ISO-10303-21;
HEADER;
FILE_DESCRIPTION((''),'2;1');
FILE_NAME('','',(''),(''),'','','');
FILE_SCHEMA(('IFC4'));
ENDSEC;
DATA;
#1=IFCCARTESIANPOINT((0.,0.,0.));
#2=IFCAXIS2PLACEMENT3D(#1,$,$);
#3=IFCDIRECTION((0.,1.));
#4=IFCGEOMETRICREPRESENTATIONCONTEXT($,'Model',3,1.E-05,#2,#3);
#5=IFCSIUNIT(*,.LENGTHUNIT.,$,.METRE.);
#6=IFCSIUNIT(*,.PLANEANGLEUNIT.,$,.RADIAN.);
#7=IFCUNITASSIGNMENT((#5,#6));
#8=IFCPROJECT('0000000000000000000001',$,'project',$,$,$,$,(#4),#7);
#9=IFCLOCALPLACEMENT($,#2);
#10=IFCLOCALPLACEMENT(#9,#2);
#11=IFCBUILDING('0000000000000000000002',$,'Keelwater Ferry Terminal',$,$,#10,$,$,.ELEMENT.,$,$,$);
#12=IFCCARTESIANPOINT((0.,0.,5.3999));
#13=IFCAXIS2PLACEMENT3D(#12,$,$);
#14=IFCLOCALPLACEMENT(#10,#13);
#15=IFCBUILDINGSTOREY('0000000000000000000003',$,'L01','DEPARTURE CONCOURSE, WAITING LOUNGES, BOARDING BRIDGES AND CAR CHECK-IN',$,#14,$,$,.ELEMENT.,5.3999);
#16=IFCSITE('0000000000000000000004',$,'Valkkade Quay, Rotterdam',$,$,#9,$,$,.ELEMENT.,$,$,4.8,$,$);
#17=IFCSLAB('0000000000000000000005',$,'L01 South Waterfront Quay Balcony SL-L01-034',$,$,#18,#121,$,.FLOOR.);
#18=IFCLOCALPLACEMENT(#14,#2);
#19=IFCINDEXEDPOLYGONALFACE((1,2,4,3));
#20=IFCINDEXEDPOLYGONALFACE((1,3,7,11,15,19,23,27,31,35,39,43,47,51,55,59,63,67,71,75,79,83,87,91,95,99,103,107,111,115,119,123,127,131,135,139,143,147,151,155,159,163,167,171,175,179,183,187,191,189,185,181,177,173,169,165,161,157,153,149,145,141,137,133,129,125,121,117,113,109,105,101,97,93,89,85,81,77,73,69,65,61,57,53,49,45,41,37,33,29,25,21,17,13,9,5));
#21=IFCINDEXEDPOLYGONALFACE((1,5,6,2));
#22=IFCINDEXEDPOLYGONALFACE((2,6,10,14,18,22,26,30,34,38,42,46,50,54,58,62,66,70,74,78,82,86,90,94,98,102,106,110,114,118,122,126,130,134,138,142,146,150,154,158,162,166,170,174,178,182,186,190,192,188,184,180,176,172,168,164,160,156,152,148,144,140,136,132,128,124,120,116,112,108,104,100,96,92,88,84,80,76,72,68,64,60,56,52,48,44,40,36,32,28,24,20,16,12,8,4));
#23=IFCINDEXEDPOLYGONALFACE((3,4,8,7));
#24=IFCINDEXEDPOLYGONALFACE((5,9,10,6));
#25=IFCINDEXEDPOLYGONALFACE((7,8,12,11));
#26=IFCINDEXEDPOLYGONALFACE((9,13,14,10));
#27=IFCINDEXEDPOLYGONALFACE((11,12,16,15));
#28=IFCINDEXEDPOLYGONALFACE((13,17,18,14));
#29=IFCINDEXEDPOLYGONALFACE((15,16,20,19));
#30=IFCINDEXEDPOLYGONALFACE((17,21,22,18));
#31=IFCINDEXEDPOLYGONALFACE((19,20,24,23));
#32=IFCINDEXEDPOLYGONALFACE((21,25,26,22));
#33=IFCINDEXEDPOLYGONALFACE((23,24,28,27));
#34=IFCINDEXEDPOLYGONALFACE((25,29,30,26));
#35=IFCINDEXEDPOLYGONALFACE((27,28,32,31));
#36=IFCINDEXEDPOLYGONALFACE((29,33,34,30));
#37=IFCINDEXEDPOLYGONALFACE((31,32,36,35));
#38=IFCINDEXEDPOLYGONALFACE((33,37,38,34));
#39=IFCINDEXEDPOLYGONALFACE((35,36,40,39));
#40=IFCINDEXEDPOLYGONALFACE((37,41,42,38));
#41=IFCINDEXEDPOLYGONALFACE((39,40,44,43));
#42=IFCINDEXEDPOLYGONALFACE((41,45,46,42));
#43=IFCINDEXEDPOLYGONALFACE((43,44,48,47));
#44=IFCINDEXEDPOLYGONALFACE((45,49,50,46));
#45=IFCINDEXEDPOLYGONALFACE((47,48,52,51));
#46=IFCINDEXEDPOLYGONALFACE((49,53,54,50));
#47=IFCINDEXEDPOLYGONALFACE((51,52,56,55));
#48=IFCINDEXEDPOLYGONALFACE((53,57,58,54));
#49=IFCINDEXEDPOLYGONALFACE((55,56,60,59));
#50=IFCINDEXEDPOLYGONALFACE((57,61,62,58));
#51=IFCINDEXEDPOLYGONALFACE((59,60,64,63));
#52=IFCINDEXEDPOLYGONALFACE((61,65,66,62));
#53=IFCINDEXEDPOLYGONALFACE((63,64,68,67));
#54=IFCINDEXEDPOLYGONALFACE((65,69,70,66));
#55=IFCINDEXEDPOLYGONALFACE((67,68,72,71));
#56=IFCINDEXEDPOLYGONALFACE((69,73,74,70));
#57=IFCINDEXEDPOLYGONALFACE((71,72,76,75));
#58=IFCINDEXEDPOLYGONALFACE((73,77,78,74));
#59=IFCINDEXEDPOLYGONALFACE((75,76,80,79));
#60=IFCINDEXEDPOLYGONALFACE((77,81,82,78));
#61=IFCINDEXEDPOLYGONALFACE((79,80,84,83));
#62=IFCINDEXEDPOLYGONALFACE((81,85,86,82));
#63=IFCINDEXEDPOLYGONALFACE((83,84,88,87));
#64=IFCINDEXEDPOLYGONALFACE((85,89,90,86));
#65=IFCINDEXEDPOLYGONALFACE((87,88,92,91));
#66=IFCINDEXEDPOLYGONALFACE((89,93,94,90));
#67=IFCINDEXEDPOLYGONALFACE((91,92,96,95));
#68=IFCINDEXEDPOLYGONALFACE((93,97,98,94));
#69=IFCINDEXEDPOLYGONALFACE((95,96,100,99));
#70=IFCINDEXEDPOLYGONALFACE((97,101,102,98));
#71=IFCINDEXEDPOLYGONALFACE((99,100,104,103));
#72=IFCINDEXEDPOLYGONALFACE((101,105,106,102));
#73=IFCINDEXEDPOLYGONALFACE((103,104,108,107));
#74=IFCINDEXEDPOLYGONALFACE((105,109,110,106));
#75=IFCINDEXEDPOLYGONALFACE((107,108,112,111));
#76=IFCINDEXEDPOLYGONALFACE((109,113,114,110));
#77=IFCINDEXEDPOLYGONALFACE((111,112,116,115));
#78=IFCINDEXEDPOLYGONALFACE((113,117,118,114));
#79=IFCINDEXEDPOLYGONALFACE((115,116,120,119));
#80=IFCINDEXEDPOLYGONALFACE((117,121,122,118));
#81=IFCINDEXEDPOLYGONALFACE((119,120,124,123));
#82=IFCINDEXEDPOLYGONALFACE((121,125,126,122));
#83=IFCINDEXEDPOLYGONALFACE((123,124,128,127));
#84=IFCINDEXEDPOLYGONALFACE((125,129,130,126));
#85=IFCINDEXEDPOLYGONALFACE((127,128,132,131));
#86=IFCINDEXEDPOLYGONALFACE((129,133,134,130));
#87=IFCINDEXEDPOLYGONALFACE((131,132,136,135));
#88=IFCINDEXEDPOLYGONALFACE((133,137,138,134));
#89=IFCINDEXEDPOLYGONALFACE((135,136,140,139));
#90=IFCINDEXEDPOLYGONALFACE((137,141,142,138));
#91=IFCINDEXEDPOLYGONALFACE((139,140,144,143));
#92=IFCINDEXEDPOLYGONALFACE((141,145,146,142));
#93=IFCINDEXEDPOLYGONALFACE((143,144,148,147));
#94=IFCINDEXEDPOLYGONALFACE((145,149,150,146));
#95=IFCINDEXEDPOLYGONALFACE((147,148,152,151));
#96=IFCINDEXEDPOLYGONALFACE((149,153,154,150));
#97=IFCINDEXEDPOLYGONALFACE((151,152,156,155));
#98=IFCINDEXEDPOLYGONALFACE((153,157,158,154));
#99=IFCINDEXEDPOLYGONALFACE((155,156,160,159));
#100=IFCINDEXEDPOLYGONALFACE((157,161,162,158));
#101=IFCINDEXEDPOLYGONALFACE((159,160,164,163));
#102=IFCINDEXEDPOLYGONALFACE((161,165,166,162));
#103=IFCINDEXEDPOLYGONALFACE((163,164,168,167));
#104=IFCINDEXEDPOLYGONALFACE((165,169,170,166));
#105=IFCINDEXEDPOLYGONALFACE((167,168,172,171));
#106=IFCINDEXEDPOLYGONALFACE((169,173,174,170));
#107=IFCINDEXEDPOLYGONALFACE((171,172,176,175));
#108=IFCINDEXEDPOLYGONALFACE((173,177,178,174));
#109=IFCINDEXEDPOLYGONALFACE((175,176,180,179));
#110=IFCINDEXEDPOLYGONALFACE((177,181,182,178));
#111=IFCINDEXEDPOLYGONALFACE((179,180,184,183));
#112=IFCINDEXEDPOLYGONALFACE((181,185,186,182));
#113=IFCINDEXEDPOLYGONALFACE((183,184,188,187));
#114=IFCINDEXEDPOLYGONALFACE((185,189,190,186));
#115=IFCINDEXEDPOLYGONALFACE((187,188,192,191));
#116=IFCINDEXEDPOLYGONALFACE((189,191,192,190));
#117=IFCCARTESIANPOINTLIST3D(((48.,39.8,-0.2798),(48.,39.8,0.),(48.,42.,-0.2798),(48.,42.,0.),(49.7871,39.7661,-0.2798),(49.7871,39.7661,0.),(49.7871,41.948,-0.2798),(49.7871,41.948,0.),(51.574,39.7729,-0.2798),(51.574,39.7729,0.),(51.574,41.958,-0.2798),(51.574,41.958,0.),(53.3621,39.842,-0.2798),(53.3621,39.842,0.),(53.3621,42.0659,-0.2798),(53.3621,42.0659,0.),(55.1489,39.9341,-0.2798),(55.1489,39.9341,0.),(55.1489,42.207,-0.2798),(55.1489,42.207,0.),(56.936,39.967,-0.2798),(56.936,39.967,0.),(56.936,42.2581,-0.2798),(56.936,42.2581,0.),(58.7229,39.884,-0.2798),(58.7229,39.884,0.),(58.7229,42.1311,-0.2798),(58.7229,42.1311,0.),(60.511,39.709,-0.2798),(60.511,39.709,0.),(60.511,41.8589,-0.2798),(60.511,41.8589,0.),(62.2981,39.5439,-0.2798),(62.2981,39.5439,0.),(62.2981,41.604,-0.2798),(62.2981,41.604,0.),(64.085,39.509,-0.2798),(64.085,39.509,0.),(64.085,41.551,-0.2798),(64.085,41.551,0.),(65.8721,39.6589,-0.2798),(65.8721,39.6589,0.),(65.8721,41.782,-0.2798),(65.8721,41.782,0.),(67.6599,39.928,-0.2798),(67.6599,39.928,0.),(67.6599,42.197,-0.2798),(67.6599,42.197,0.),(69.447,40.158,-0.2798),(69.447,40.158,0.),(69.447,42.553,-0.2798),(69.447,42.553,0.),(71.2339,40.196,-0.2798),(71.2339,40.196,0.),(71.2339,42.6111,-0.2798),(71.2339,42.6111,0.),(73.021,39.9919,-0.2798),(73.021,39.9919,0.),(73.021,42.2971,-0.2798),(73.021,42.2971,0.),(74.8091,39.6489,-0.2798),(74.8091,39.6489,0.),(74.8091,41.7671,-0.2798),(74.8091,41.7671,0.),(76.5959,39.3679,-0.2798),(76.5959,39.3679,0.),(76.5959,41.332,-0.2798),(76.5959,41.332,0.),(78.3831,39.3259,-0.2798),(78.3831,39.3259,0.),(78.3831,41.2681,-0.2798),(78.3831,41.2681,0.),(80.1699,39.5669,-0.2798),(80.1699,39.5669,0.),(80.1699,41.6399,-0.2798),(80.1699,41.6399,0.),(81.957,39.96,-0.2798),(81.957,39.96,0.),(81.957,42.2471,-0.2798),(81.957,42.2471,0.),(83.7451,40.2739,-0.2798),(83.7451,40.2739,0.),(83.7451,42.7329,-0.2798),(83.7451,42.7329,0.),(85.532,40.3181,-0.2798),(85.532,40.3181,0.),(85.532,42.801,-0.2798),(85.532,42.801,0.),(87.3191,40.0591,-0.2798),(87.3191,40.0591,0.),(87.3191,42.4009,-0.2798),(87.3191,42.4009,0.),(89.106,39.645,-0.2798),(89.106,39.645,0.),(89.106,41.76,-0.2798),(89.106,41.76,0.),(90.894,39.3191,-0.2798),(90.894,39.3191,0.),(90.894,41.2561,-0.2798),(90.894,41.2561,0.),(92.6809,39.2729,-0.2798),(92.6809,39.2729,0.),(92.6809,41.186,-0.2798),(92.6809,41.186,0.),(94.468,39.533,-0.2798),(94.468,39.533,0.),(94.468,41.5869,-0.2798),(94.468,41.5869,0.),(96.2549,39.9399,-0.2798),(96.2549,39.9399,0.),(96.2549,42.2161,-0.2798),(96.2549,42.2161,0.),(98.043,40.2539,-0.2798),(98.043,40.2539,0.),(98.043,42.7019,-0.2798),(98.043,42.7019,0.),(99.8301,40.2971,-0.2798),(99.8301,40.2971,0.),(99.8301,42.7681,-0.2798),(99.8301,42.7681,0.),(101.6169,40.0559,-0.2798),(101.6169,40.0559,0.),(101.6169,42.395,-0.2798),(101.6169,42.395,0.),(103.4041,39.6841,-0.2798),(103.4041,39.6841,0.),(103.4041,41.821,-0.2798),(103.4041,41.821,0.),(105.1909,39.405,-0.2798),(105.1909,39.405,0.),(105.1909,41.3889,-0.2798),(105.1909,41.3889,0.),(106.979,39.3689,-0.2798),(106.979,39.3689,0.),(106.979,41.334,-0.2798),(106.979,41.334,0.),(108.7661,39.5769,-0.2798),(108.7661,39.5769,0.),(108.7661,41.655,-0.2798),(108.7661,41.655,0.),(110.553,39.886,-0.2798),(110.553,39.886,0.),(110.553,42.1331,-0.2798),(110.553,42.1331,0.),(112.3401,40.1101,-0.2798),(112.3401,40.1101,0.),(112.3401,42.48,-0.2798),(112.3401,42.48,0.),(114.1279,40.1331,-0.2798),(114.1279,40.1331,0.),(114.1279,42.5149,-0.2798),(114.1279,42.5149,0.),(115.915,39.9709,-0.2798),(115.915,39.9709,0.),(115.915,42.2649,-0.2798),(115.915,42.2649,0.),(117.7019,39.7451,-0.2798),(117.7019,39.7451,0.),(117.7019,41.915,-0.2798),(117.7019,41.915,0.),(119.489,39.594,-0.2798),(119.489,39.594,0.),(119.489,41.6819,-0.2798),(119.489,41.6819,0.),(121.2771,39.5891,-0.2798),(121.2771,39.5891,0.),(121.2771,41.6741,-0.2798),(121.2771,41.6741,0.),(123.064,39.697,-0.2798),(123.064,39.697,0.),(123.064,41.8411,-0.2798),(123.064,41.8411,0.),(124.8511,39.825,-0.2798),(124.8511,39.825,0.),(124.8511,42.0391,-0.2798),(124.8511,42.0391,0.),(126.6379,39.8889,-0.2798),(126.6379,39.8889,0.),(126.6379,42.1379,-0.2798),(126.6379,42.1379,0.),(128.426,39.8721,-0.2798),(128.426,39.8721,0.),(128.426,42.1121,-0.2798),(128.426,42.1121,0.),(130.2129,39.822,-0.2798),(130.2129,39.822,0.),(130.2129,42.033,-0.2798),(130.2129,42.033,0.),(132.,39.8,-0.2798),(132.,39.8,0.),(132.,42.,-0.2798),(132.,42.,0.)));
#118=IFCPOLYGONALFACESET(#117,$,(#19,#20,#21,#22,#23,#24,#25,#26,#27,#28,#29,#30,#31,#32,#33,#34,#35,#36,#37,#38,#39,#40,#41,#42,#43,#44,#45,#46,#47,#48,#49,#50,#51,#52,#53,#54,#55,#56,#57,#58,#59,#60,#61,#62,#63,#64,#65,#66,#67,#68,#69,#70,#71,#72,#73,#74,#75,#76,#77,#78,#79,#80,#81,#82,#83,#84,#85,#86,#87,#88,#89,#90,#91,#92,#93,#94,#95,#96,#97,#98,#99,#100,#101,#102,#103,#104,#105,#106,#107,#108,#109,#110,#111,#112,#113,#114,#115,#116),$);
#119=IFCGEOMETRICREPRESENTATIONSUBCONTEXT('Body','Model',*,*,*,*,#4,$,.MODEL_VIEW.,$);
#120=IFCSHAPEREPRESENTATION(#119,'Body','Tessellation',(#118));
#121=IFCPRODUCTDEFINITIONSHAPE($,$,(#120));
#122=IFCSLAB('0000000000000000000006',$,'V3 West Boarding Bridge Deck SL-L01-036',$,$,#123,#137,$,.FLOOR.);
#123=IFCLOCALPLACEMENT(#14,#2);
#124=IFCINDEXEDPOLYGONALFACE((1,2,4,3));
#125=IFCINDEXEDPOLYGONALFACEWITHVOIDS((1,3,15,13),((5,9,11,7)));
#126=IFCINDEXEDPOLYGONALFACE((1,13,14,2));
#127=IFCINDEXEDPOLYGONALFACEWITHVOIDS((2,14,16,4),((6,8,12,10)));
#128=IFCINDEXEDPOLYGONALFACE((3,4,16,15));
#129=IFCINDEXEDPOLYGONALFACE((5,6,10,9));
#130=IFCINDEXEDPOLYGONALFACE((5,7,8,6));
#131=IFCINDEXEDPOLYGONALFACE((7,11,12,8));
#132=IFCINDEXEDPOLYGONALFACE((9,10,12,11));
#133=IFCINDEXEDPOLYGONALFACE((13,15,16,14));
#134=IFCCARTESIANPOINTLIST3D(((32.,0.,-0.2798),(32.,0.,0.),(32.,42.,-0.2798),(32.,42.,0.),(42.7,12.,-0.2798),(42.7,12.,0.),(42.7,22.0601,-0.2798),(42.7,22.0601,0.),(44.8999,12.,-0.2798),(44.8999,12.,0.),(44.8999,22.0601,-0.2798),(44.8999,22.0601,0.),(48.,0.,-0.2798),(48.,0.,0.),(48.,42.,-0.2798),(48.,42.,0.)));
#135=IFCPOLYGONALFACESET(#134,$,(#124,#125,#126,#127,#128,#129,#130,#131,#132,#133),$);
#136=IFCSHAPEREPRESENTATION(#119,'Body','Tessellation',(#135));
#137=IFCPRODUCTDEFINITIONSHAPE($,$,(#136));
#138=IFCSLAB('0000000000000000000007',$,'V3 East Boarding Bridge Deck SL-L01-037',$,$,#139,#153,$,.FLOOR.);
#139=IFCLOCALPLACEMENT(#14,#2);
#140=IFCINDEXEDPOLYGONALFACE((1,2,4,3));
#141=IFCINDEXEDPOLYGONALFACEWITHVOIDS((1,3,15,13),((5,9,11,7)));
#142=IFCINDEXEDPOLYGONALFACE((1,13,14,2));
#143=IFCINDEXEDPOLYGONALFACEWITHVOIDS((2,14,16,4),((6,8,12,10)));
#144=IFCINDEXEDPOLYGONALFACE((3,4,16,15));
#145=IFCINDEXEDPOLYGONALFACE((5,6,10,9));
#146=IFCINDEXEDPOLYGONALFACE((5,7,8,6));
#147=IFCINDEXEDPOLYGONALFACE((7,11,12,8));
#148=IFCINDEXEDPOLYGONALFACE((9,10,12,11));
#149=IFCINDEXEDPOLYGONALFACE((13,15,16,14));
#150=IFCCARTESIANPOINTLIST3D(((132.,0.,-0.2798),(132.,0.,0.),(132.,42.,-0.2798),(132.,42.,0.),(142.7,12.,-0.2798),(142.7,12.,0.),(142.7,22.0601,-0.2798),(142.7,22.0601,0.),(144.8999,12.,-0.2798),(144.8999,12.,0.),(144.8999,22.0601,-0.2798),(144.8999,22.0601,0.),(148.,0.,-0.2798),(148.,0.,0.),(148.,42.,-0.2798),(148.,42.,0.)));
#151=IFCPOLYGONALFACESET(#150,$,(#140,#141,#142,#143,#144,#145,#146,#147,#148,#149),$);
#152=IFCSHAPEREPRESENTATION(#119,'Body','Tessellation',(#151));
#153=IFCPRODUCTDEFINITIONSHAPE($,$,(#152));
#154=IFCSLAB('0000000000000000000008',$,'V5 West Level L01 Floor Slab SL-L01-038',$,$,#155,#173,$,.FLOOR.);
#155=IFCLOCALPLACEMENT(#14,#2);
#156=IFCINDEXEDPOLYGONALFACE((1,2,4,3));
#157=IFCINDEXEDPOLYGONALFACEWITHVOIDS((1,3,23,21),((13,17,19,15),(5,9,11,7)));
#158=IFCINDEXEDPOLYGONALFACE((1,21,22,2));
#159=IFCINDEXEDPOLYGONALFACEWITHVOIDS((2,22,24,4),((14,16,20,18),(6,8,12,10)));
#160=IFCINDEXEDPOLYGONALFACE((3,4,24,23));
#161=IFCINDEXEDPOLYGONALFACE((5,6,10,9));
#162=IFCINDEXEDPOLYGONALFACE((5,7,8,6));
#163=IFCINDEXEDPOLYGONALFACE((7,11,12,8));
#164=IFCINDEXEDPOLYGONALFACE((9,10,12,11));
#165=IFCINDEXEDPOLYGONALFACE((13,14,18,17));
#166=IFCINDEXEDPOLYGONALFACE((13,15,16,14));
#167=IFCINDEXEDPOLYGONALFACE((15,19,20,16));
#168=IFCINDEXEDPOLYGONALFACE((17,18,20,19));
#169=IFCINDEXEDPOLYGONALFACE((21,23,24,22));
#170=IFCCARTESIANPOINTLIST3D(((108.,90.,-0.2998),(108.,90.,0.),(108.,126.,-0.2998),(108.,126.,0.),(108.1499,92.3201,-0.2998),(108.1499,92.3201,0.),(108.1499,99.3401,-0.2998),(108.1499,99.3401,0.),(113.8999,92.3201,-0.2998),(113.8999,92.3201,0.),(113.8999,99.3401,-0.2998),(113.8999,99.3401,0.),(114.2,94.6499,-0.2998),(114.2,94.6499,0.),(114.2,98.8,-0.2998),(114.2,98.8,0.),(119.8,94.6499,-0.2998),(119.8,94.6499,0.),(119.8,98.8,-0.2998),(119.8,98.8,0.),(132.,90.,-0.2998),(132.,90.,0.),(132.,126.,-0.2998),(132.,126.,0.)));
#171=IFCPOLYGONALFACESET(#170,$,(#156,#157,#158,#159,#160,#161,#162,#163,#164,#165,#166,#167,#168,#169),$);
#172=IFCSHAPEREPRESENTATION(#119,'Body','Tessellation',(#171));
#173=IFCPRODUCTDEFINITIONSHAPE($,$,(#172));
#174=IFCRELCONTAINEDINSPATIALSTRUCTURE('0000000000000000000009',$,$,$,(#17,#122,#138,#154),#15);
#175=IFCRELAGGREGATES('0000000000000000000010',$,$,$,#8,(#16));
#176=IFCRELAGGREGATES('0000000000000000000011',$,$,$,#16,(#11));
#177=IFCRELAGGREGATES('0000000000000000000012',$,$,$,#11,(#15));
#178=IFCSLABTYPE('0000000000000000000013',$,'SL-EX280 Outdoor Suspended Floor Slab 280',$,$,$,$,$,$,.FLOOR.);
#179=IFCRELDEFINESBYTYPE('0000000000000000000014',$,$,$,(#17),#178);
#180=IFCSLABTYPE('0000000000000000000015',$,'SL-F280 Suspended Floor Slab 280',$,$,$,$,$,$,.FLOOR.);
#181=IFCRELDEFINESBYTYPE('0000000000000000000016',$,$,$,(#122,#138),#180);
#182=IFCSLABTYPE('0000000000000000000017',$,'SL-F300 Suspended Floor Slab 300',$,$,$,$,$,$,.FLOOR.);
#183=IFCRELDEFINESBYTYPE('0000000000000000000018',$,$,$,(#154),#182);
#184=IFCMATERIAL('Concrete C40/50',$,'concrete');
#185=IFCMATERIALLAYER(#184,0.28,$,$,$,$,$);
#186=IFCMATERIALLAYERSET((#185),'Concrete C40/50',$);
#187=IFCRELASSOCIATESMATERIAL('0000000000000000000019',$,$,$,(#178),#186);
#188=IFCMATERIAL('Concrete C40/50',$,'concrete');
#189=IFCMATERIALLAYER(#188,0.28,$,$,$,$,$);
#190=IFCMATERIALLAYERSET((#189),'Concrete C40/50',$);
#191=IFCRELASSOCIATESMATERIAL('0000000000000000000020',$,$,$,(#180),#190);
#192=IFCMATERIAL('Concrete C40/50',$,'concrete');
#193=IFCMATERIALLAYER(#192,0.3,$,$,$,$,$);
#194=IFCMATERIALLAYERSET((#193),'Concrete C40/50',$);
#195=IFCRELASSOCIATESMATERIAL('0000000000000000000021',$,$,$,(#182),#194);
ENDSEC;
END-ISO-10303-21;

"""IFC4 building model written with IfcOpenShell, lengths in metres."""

from ifc_helpers import new_model, si_unit, direction, frame, origin, place, context, subcontext, project, spatial, polyline, outline, extrude, material, layer, layer_set, type_object, element, save


model = new_model("IFC4")

# Units and contexts
model_context = context("Model", 3, precision=1e-05, world=origin(), true_north=direction((0.0, 1.0)))
body_context = subcontext(model_context, "Body", "Model", "MODEL_VIEW")
ifc_project = project(units=[si_unit("LENGTHUNIT", "METRE"), si_unit("PLANEANGLEUNIT", "RADIAN")], contexts=[model_context])

# Site, building, storey
site_placement = place(None, origin())
site = spatial("IfcSite", under=ifc_project, at=site_placement, Name="Valkkade Quay, Rotterdam", CompositionType="ELEMENT", RefElevation=4.8)
building_placement = place(site_placement, origin())
building = spatial("IfcBuilding", under=site, at=building_placement, Name="Keelwater Ferry Terminal", CompositionType="ELEMENT")
storey_placement = place(building_placement, frame((0.0, 0.0, 5.3999)))
storey = spatial("IfcBuildingStorey", under=building, at=storey_placement, Name="L01", Description="DEPARTURE CONCOURSE, WAITING LOUNGES, BOARDING BRIDGES AND CAR CHECK-IN", CompositionType="ELEMENT", Elevation=5.3999)

# Slabs
ifc_material_1 = material(Name="Concrete C40/50", Category="concrete")
ifc_layer_1 = layer(ifc_material_1, 0.28)
ifc_layer_set_1 = layer_set([ifc_layer_1], Name="Concrete C40/50")
slab_type_1 = type_object("IfcSlabType", Name="SL-EX280 Outdoor Suspended Floor Slab 280", PredefinedType="FLOOR", material=ifc_layer_set_1)
slab_1_placement = place(storey_placement, frame((0.0, 0.0, -0.2798)))
element("IfcSlab", 1, at=slab_1_placement, inside=storey, type_object=slab_type_1, Name="L01 South Waterfront Quay Balcony SL-L01-034", PredefinedType="FLOOR", context=body_context, shape_type="SweptSolid", body=[
    extrude(outline(polyline([(48.0, 39.8), (49.7871, 39.7661), (51.574, 39.7729), (53.3621, 39.842), (55.1489, 39.9341), (56.936, 39.967), (58.7229, 39.884), (60.511, 39.709), (62.2981, 39.5439), (64.085, 39.509), (65.8721, 39.6589), (67.6599, 39.928), (69.447, 40.158), (71.2339, 40.196), (73.021, 39.9919), (74.8091, 39.6489), (76.5959, 39.3679), (78.3831, 39.3259), (80.1699, 39.5669), (81.957, 39.96), (83.7451, 40.2739), (85.532, 40.3181), (87.3191, 40.0591), (89.106, 39.645), (90.894, 39.3191), (92.6809, 39.2729), (94.468, 39.533), (96.2549, 39.9399), (98.043, 40.2539), (99.8301, 40.2971), (101.6169, 40.0559), (103.4041, 39.6841), (105.1909, 39.405), (106.979, 39.3689), (108.7661, 39.5769), (110.553, 39.886), (112.3401, 40.1101), (114.1279, 40.1331), (115.915, 39.9709), (117.7019, 39.7451), (119.489, 39.594), (121.2771, 39.5891), (123.064, 39.697), (124.8511, 39.825), (126.6379, 39.8889), (128.426, 39.8721), (130.2129, 39.822), (132.0, 39.8), (132.0, 42.0), (130.2129, 42.033), (128.426, 42.1121), (126.6379, 42.1379), (124.8511, 42.0391), (123.064, 41.8411), (121.2771, 41.6741), (119.489, 41.6819), (117.7019, 41.915), (115.915, 42.2649), (114.1279, 42.5149), (112.3401, 42.48), (110.553, 42.1331), (108.7661, 41.655), (106.979, 41.334), (105.1909, 41.3889), (103.4041, 41.821), (101.6169, 42.395), (99.8301, 42.7681), (98.043, 42.7019), (96.2549, 42.2161), (94.468, 41.5869), (92.6809, 41.186), (90.894, 41.2561), (89.106, 41.76), (87.3191, 42.4009), (85.532, 42.801), (83.7451, 42.7329), (81.957, 42.2471), (80.1699, 41.6399), (78.3831, 41.2681), (76.5959, 41.332), (74.8091, 41.7671), (73.021, 42.2971), (71.2339, 42.6111), (69.447, 42.553), (67.6599, 42.197), (65.8721, 41.782), (64.085, 41.551), (62.2981, 41.604), (60.511, 41.8589), (58.7229, 42.1311), (56.936, 42.2581), (55.1489, 42.207), (53.3621, 42.0659), (51.574, 41.958), (49.7871, 41.948), (48.0, 42.0), (48.0, 39.8)])), origin(), (0.0, 0.0, 1.0), 0.2798),
])
ifc_material_2 = material(Name="Concrete C40/50", Category="concrete")
ifc_layer_2 = layer(ifc_material_2, 0.28)
ifc_layer_set_2 = layer_set([ifc_layer_2], Name="Concrete C40/50")
slab_type_2 = type_object("IfcSlabType", Name="SL-F280 Suspended Floor Slab 280", PredefinedType="FLOOR", material=ifc_layer_set_2)
slab_2_placement = place(storey_placement, frame((0.0, 0.0, -0.2798)))
element("IfcSlab", 2, at=slab_2_placement, inside=storey, type_object=slab_type_2, Name="V3 West Boarding Bridge Deck SL-L01-036", PredefinedType="FLOOR", context=body_context, shape_type="SweptSolid", body=[
    extrude(outline(polyline([(32.0, 0.0), (48.0, 0.0), (48.0, 42.0), (32.0, 42.0), (32.0, 0.0)]), holes=[polyline([(42.7, 12.0), (44.8999, 12.0), (44.8999, 22.0601), (42.7, 22.0601), (42.7, 12.0)])]), origin(), (0.0, 0.0, 1.0), 0.2798),
])
slab_3_placement = place(storey_placement, frame((0.0, 0.0, -0.2798)))
element("IfcSlab", 3, at=slab_3_placement, inside=storey, type_object=slab_type_2, Name="V3 East Boarding Bridge Deck SL-L01-037", PredefinedType="FLOOR", context=body_context, shape_type="SweptSolid", body=[
    extrude(outline(polyline([(132.0, 0.0), (148.0, 0.0), (148.0, 42.0), (132.0, 42.0), (132.0, 0.0)]), holes=[polyline([(142.7, 12.0), (144.8999, 12.0), (144.8999, 22.0601), (142.7, 22.0601), (142.7, 12.0)])]), origin(), (0.0, 0.0, 1.0), 0.2798),
])
ifc_material_3 = material(Name="Concrete C40/50", Category="concrete")
ifc_layer_3 = layer(ifc_material_3, 0.3)
ifc_layer_set_3 = layer_set([ifc_layer_3], Name="Concrete C40/50")
slab_type_3 = type_object("IfcSlabType", Name="SL-F300 Suspended Floor Slab 300", PredefinedType="FLOOR", material=ifc_layer_set_3)
slab_4_placement = place(storey_placement, frame((0.0, 0.0, -0.2998)))
element("IfcSlab", 4, at=slab_4_placement, inside=storey, type_object=slab_type_3, Name="V5 West Level L01 Floor Slab SL-L01-038", PredefinedType="FLOOR", context=body_context, shape_type="SweptSolid", body=[
    extrude(outline(polyline([(108.0, 90.0), (132.0, 90.0), (132.0, 126.0), (108.0, 126.0), (108.0, 90.0)]), holes=[polyline([(108.1499, 92.3201), (113.8999, 92.3201), (113.8999, 99.3401), (108.1499, 99.3401), (108.1499, 92.3201)]), polyline([(114.2, 94.6499), (119.8, 94.6499), (119.8, 98.8), (114.2, 98.8), (114.2, 94.6499)])]), origin(), (0.0, 0.0, 1.0), 0.2998),
])

save(model, "model.ifc")
